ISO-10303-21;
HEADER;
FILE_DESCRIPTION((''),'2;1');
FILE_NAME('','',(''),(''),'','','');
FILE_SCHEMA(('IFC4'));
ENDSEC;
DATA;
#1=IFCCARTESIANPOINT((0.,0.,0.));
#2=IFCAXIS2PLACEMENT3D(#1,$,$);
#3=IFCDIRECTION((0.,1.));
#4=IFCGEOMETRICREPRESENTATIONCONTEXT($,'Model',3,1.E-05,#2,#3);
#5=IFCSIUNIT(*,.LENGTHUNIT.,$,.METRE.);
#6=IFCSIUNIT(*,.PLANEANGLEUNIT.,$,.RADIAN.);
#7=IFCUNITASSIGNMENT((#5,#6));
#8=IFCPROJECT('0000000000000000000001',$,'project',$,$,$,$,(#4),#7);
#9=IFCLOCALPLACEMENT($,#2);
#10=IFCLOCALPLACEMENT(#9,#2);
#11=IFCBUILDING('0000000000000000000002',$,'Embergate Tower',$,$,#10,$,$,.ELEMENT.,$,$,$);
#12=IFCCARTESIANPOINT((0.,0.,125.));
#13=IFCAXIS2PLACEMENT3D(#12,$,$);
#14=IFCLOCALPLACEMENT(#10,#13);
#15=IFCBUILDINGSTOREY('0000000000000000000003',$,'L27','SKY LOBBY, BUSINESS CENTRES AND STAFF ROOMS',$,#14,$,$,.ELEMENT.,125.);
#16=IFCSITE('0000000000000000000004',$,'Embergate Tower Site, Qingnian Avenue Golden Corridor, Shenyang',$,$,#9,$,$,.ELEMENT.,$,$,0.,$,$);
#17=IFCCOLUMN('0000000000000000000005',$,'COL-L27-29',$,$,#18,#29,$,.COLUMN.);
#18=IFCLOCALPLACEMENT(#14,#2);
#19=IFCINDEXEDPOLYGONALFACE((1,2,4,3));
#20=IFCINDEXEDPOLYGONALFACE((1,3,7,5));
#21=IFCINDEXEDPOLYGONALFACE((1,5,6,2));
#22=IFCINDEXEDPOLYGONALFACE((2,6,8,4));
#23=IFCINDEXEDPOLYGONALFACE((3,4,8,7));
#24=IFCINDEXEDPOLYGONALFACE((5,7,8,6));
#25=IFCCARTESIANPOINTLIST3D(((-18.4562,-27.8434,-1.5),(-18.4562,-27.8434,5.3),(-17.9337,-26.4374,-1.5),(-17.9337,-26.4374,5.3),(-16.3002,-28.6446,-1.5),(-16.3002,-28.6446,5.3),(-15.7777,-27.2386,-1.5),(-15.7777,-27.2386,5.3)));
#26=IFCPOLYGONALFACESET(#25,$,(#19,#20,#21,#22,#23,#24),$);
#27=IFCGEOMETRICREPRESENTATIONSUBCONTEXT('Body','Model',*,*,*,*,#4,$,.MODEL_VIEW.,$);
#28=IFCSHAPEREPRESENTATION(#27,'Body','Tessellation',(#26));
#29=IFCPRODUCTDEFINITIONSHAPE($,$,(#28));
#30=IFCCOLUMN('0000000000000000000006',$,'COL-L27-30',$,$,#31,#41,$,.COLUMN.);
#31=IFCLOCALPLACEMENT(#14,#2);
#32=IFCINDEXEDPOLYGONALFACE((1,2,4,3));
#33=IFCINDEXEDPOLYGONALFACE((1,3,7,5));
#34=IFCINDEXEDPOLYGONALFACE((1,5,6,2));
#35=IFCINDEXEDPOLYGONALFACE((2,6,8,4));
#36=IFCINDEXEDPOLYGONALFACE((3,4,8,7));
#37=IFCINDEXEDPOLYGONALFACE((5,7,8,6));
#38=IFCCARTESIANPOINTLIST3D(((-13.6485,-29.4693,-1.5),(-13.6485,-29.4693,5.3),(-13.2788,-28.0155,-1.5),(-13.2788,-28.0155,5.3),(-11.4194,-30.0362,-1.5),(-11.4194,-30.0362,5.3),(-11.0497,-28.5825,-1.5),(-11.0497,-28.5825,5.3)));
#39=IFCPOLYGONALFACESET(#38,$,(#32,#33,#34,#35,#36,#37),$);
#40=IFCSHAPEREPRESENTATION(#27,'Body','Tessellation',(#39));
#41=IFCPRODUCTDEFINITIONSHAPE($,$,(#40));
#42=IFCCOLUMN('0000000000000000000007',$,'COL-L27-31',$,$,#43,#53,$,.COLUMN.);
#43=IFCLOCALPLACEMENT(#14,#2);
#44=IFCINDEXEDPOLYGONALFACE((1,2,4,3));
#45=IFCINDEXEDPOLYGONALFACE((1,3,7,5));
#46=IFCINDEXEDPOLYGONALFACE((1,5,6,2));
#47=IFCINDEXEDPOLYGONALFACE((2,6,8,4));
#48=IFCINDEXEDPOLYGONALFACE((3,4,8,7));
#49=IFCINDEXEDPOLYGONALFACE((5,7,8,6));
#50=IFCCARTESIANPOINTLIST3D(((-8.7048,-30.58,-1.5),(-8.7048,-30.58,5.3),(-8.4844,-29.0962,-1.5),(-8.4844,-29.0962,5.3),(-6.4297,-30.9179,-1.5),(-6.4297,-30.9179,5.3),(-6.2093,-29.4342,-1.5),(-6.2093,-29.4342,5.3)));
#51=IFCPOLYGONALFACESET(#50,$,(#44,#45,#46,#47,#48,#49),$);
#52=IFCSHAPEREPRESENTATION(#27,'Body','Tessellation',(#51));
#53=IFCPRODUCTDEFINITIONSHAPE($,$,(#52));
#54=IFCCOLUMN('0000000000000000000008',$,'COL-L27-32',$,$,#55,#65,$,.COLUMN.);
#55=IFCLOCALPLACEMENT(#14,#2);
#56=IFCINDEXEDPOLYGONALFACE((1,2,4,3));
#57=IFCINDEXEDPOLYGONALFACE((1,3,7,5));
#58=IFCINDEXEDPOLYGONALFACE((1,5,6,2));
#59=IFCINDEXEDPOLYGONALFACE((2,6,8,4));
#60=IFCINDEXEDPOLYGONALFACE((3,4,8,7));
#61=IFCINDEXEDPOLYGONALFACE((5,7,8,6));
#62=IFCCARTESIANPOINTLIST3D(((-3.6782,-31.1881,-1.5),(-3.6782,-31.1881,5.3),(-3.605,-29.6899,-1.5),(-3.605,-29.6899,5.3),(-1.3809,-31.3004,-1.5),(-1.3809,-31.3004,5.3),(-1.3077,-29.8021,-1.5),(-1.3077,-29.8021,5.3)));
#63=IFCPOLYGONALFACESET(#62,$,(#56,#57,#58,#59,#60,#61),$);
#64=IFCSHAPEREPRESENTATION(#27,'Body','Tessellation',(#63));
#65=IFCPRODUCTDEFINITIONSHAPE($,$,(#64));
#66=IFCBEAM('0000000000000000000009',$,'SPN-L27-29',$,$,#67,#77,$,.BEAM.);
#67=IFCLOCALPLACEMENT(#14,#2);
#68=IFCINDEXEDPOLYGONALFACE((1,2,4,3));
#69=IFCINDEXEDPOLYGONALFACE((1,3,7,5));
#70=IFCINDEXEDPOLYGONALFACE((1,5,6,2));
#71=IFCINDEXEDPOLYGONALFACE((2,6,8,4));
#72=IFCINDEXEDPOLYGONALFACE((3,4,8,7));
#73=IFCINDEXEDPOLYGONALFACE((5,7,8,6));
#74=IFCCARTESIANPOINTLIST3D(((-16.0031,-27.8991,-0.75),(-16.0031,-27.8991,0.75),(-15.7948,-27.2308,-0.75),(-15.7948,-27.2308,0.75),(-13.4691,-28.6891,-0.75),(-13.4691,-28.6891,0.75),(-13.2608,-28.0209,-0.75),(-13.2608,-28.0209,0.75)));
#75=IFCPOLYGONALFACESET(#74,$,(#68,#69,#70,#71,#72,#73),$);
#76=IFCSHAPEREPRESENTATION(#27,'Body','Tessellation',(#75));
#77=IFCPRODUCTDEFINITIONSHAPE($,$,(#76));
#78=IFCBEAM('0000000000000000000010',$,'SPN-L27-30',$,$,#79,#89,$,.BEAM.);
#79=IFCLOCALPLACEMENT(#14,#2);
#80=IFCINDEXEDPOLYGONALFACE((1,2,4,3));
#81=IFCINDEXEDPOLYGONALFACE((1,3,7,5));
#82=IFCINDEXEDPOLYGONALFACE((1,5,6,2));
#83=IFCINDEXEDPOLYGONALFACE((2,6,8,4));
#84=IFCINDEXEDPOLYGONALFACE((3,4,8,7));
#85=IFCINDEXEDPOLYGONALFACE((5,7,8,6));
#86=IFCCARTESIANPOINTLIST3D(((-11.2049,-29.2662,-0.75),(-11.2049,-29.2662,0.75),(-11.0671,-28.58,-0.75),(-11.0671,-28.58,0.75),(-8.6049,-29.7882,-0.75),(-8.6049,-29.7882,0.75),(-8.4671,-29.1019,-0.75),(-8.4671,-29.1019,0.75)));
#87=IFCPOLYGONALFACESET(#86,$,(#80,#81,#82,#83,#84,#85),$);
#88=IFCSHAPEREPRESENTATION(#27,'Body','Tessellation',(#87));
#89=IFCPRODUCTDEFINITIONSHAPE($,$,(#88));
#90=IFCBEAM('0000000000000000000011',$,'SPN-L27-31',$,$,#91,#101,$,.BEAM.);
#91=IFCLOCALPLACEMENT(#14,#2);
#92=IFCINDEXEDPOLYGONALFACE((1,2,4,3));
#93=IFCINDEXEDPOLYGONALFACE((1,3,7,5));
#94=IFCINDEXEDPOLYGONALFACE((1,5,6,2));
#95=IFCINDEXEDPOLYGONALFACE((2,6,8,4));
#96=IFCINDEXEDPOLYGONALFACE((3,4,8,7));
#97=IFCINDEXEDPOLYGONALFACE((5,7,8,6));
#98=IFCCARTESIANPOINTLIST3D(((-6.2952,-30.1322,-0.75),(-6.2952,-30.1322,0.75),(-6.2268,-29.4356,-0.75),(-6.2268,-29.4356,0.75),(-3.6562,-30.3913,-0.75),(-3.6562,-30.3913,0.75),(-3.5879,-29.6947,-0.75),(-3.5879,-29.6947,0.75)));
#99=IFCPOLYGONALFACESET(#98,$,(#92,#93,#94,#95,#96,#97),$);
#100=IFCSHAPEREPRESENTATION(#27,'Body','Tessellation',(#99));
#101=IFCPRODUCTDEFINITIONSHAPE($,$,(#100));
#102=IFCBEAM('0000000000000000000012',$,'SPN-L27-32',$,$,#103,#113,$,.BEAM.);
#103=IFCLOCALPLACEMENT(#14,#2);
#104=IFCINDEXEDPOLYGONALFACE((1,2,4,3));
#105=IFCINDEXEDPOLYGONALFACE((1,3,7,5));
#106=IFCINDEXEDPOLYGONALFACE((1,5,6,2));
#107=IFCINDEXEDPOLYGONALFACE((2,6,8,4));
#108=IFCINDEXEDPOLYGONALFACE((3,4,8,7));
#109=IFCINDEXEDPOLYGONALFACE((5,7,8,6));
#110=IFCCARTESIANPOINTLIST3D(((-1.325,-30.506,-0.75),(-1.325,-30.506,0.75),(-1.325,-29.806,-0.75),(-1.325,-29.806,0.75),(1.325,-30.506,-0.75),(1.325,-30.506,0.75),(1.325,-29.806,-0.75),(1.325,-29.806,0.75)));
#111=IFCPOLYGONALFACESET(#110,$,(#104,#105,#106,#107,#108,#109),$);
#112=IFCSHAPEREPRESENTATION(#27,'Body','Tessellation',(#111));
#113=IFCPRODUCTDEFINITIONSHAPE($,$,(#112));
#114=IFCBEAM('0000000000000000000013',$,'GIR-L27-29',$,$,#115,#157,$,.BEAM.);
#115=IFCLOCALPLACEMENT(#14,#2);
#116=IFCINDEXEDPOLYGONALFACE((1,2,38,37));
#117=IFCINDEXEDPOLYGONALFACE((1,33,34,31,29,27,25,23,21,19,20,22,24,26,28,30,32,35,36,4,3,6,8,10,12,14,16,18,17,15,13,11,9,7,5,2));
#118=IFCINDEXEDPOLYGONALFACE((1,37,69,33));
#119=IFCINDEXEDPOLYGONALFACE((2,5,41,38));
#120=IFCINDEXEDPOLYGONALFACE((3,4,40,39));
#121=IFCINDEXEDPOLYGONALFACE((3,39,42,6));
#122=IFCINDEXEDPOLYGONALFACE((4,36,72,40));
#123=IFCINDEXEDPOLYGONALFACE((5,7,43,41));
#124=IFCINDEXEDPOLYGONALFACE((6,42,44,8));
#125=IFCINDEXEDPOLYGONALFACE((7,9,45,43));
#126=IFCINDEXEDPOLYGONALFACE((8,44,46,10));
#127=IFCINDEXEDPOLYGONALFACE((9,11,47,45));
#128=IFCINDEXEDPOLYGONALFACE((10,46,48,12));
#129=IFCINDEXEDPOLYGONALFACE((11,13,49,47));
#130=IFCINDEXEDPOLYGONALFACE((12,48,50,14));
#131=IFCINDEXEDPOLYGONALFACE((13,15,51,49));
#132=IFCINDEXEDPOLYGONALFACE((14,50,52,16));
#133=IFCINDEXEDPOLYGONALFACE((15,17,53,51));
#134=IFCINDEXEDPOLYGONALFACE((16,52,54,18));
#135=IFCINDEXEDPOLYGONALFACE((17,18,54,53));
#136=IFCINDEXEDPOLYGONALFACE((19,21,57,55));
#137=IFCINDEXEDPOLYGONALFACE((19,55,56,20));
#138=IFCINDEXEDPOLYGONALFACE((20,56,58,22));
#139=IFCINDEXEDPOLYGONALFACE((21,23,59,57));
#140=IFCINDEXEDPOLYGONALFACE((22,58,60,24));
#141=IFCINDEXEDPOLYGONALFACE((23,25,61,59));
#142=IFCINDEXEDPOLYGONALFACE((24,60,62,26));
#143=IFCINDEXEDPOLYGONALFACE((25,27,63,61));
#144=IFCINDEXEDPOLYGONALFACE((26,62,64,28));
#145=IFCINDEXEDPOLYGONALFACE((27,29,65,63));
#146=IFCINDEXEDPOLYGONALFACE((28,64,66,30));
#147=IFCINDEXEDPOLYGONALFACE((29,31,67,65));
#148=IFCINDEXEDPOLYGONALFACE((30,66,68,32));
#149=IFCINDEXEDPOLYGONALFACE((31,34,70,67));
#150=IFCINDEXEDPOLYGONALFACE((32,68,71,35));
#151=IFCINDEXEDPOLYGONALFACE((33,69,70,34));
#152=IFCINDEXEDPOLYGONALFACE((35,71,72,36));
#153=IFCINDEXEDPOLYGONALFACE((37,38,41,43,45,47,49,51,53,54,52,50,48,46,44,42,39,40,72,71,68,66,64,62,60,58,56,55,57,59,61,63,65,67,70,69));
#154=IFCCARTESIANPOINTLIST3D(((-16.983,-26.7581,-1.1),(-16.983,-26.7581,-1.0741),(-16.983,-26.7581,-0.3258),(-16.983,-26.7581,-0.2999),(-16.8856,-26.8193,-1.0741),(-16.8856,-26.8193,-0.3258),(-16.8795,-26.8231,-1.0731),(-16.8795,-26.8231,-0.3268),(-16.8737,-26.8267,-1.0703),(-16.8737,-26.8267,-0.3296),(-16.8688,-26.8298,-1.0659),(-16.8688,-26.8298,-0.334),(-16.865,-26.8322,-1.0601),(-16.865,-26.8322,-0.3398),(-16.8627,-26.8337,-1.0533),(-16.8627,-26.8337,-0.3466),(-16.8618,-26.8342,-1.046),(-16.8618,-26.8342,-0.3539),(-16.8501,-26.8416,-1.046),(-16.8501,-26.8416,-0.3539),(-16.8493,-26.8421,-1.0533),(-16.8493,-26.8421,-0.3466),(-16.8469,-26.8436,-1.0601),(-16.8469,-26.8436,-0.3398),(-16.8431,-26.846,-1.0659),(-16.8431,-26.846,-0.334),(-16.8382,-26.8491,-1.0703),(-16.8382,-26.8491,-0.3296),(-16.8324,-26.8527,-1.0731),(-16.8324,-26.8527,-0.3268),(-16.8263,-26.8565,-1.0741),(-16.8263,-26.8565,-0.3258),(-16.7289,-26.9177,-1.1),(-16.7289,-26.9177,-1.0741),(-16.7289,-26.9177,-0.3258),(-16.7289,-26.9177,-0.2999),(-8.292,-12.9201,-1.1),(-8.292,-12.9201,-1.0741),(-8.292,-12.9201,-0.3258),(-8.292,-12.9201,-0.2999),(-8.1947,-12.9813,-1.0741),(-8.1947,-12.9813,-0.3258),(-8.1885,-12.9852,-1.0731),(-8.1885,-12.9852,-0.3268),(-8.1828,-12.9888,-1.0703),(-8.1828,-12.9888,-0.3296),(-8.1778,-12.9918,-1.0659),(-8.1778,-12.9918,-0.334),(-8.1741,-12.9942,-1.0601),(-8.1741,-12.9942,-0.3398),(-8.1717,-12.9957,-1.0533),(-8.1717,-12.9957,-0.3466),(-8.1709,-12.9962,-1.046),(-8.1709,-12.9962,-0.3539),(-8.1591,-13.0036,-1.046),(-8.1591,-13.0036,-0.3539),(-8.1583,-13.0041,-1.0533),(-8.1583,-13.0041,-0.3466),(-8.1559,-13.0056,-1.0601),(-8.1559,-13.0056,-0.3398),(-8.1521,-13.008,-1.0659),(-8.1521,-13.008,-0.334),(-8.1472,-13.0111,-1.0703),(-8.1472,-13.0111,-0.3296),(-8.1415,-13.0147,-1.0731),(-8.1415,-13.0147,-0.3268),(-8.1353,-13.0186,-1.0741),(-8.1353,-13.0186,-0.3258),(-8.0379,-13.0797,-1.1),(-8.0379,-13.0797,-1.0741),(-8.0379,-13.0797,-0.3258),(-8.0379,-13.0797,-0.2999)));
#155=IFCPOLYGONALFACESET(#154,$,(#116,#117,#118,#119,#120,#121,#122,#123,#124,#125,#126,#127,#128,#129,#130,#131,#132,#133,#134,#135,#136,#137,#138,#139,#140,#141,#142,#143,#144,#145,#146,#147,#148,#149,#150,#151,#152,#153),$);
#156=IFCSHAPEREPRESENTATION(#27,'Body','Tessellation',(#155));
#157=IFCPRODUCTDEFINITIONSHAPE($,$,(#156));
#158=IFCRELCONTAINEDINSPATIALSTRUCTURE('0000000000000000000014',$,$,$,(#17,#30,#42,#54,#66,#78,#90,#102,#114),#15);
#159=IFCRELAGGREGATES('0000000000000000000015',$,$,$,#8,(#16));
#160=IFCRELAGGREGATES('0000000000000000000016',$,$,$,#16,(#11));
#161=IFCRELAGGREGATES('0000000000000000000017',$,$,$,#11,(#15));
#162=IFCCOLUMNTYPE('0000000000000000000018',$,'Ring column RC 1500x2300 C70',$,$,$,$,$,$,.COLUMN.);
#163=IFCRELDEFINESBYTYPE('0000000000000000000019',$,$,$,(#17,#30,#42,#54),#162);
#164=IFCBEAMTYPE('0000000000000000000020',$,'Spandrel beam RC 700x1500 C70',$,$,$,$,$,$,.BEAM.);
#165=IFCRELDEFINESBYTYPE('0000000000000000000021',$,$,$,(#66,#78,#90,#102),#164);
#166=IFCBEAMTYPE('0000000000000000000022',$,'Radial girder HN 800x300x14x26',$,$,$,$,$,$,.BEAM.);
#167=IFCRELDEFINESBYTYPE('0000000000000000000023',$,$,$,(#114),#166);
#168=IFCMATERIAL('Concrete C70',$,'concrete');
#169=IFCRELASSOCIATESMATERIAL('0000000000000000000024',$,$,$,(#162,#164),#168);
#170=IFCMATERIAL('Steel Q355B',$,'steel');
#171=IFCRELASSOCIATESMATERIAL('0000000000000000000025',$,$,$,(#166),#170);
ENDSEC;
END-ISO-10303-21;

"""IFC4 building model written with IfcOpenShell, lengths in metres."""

from ifc_helpers import new_model, si_unit, direction, frame, origin, origin_2d, place, context, subcontext, project, spatial, rectangle, i_section, extrude, source, transform, mapped, material, material_profile, profile_set, type_object, element, save


model = new_model("IFC4")

# Units and contexts
model_context = context("Model", 3, precision=1e-05, world=origin(), true_north=direction((0.0, 1.0)))
body_context = subcontext(model_context, "Body", "Model", "MODEL_VIEW")
ifc_project = project(units=[si_unit("LENGTHUNIT", "METRE"), si_unit("PLANEANGLEUNIT", "RADIAN")], contexts=[model_context])

# Site, building, storey
site_placement = place(None, origin())
site = spatial("IfcSite", under=ifc_project, at=site_placement, Name="Embergate Tower Site, Qingnian Avenue Golden Corridor, Shenyang", CompositionType="ELEMENT", RefElevation=0.0)
building_placement = place(site_placement, origin())
building = spatial("IfcBuilding", under=site, at=building_placement, Name="Embergate Tower", CompositionType="ELEMENT")
storey_placement = place(building_placement, frame((0.0, 0.0, 125.0)))
storey = spatial("IfcBuildingStorey", under=building, at=storey_placement, Name="L27", Description="SKY LOBBY, BUSINESS CENTRES AND STAFF ROOMS", CompositionType="ELEMENT", Elevation=125.0)

# Columns
ifc_material_1 = material(Name="Concrete C70", Category="concrete")
ifc_material_profile_1 = material_profile(ifc_material_1, rectangle(XDim=1.5, YDim=2.3, at=origin_2d()), Name="RC 1500x2300")
ifc_profile_set_1 = profile_set([ifc_material_profile_1], Name="Concrete C70")
column_type = type_object("IfcColumnType", Name="Ring column RC 1500x2300 C70", PredefinedType="COLUMN", material=ifc_profile_set_1)
shared_shape_1 = source(origin(), body_context, "Body", "SweptSolid", [
    extrude(rectangle(XDim=1.5, YDim=2.3, at=origin_2d()), origin(), (0.0, 0.0, 1.0), 6.8),
])
for number, where, z_axis, x_axis, name in (
    (1, (-17.1169, -27.541, -1.5), (0.0, 0.0, 1.0), (-0.348343, -0.937367, 0.0), "COL-L27-29"),
    (2, (-12.3491, -29.0259, -1.5), (0.0, 0.0, 1.0), (-0.246492, -0.969145, 0.0), "COL-L27-30"),
    (3, (-7.457, -30.0071, -1.5), (0.0, 0.0, 1.0), (-0.146929, -0.989147, 0.0), "COL-L27-31"),
    (4, (-2.4929, -30.4951, -1.5), (0.0, 0.0, 1.0), (-0.048815, -0.998808, 0.0), "COL-L27-32"),
):
    element("IfcColumn", number, at=place(storey_placement, frame(where, z_axis=z_axis, x_axis=x_axis)), inside=storey, type_object=column_type, Name=name, PredefinedType="COLUMN", context=body_context, shape_type="MappedRepresentation", body=[
        mapped(shared_shape_1, transform((0.0, 0.0, 0.0))),
    ])

# Beams
ifc_material_profile_2 = material_profile(ifc_material_1, rectangle(XDim=0.7, YDim=1.5, at=origin_2d()), Name="RC 700x1500")
ifc_profile_set_2 = profile_set([ifc_material_profile_2], Name="Concrete C70")
beam_type_1 = type_object("IfcBeamType", Name="Spandrel beam RC 700x1500 C70", PredefinedType="BEAM", material=ifc_profile_set_2)
shared_shape_2 = source(origin(), body_context, "Body", "SweptSolid", [
    extrude(rectangle(XDim=0.7, YDim=1.5, at=origin_2d()), origin(), (0.0, 0.0, 1.0), 2.6543),
])
beam_1_placement = place(storey_placement, frame((-15.8989, -27.5649, 0.0), z_axis=(0.954675, -0.297652, 0.0), x_axis=(0.297652, 0.954675, 0.0)))
element("IfcBeam", 5, at=beam_1_placement, inside=storey, type_object=beam_type_1, Name="SPN-L27-29", PredefinedType="BEAM", context=body_context, shape_type="MappedRepresentation", body=[
    mapped(shared_shape_2, transform((0.0, 0.0, 0.0))),
])
shared_shape_3 = source(origin(), body_context, "Body", "SweptSolid", [
    extrude(rectangle(XDim=0.7, YDim=1.5, at=origin_2d()), origin(), (0.0, 0.0, 1.0), 2.6519),
])
beam_2_placement = place(storey_placement, frame((-11.136, -28.9231, 0.0), z_axis=(0.980439, -0.196824, 0.0), x_axis=(0.196824, 0.980439, 0.0)))
element("IfcBeam", 6, at=beam_2_placement, inside=storey, type_object=beam_type_1, Name="SPN-L27-30", PredefinedType="BEAM", context=body_context, shape_type="MappedRepresentation", body=[
    mapped(shared_shape_3, transform((0.0, 0.0, 0.0))),
])
shared_shape_4 = source(origin(), body_context, "Body", "SweptSolid", [
    extrude(rectangle(XDim=0.7, YDim=1.5, at=origin_2d()), origin(), (0.0, 0.0, 1.0), 2.6516),
])
beam_3_placement = place(storey_placement, frame((-6.261, -29.7839, 0.0), z_axis=(0.995217, -0.097689, 0.0), x_axis=(0.097689, 0.995217, 0.0)))
element("IfcBeam", 7, at=beam_3_placement, inside=storey, type_object=beam_type_1, Name="SPN-L27-31", PredefinedType="BEAM", context=body_context, shape_type="MappedRepresentation", body=[
    mapped(shared_shape_4, transform((0.0, 0.0, 0.0))),
])
shared_shape_5 = source(origin(), body_context, "Body", "SweptSolid", [
    extrude(rectangle(XDim=0.7, YDim=1.5, at=origin_2d()), origin(), (0.0, 0.0, 1.0), 2.6499),
])
beam_4_placement = place(storey_placement, frame((-1.325, -30.156, 0.0), z_axis=(1.0, 0.0, 0.0), x_axis=(0.0, 1.0, 0.0)))
element("IfcBeam", 8, at=beam_4_placement, inside=storey, type_object=beam_type_1, Name="SPN-L27-32", PredefinedType="BEAM", context=body_context, shape_type="MappedRepresentation", body=[
    mapped(shared_shape_5, transform((0.0, 0.0, 0.0))),
])
ifc_material_2 = material(Name="Steel Q355B", Category="steel")
ifc_material_profile_3 = material_profile(ifc_material_2, i_section(OverallWidth=0.3, OverallDepth=0.8, WebThickness=0.0139, FlangeThickness=0.0259, FilletRadius=0.0281, at=origin_2d()), Name="HN 800x300x14x26")
ifc_profile_set_3 = profile_set([ifc_material_profile_3], Name="Steel Q355 grade B")
beam_type_2 = type_object("IfcBeamType", Name="Radial girder HN 800x300x14x26", PredefinedType="BEAM", material=ifc_profile_set_3)
shared_shape_6 = source(origin(), body_context, "Body", "SweptSolid", [
    extrude(i_section(OverallWidth=0.3, OverallDepth=0.8, WebThickness=0.0139, FlangeThickness=0.0259, FilletRadius=0.0281, at=origin_2d()), origin(), (0.0, 0.0, 1.0), 16.3408),
])
beam_5_placement = place(storey_placement, frame((-16.856, -26.8379, -0.7), z_axis=(0.531856, 0.846835, 0.0), x_axis=(-0.846835, 0.531856, 0.0)))
element("IfcBeam", 9, at=beam_5_placement, inside=storey, type_object=beam_type_2, Name="GIR-L27-29", PredefinedType="BEAM", context=body_context, shape_type="MappedRepresentation", body=[
    mapped(shared_shape_6, transform((0.0, 0.0, 0.0))),
])

save(model, "model.ifc")
